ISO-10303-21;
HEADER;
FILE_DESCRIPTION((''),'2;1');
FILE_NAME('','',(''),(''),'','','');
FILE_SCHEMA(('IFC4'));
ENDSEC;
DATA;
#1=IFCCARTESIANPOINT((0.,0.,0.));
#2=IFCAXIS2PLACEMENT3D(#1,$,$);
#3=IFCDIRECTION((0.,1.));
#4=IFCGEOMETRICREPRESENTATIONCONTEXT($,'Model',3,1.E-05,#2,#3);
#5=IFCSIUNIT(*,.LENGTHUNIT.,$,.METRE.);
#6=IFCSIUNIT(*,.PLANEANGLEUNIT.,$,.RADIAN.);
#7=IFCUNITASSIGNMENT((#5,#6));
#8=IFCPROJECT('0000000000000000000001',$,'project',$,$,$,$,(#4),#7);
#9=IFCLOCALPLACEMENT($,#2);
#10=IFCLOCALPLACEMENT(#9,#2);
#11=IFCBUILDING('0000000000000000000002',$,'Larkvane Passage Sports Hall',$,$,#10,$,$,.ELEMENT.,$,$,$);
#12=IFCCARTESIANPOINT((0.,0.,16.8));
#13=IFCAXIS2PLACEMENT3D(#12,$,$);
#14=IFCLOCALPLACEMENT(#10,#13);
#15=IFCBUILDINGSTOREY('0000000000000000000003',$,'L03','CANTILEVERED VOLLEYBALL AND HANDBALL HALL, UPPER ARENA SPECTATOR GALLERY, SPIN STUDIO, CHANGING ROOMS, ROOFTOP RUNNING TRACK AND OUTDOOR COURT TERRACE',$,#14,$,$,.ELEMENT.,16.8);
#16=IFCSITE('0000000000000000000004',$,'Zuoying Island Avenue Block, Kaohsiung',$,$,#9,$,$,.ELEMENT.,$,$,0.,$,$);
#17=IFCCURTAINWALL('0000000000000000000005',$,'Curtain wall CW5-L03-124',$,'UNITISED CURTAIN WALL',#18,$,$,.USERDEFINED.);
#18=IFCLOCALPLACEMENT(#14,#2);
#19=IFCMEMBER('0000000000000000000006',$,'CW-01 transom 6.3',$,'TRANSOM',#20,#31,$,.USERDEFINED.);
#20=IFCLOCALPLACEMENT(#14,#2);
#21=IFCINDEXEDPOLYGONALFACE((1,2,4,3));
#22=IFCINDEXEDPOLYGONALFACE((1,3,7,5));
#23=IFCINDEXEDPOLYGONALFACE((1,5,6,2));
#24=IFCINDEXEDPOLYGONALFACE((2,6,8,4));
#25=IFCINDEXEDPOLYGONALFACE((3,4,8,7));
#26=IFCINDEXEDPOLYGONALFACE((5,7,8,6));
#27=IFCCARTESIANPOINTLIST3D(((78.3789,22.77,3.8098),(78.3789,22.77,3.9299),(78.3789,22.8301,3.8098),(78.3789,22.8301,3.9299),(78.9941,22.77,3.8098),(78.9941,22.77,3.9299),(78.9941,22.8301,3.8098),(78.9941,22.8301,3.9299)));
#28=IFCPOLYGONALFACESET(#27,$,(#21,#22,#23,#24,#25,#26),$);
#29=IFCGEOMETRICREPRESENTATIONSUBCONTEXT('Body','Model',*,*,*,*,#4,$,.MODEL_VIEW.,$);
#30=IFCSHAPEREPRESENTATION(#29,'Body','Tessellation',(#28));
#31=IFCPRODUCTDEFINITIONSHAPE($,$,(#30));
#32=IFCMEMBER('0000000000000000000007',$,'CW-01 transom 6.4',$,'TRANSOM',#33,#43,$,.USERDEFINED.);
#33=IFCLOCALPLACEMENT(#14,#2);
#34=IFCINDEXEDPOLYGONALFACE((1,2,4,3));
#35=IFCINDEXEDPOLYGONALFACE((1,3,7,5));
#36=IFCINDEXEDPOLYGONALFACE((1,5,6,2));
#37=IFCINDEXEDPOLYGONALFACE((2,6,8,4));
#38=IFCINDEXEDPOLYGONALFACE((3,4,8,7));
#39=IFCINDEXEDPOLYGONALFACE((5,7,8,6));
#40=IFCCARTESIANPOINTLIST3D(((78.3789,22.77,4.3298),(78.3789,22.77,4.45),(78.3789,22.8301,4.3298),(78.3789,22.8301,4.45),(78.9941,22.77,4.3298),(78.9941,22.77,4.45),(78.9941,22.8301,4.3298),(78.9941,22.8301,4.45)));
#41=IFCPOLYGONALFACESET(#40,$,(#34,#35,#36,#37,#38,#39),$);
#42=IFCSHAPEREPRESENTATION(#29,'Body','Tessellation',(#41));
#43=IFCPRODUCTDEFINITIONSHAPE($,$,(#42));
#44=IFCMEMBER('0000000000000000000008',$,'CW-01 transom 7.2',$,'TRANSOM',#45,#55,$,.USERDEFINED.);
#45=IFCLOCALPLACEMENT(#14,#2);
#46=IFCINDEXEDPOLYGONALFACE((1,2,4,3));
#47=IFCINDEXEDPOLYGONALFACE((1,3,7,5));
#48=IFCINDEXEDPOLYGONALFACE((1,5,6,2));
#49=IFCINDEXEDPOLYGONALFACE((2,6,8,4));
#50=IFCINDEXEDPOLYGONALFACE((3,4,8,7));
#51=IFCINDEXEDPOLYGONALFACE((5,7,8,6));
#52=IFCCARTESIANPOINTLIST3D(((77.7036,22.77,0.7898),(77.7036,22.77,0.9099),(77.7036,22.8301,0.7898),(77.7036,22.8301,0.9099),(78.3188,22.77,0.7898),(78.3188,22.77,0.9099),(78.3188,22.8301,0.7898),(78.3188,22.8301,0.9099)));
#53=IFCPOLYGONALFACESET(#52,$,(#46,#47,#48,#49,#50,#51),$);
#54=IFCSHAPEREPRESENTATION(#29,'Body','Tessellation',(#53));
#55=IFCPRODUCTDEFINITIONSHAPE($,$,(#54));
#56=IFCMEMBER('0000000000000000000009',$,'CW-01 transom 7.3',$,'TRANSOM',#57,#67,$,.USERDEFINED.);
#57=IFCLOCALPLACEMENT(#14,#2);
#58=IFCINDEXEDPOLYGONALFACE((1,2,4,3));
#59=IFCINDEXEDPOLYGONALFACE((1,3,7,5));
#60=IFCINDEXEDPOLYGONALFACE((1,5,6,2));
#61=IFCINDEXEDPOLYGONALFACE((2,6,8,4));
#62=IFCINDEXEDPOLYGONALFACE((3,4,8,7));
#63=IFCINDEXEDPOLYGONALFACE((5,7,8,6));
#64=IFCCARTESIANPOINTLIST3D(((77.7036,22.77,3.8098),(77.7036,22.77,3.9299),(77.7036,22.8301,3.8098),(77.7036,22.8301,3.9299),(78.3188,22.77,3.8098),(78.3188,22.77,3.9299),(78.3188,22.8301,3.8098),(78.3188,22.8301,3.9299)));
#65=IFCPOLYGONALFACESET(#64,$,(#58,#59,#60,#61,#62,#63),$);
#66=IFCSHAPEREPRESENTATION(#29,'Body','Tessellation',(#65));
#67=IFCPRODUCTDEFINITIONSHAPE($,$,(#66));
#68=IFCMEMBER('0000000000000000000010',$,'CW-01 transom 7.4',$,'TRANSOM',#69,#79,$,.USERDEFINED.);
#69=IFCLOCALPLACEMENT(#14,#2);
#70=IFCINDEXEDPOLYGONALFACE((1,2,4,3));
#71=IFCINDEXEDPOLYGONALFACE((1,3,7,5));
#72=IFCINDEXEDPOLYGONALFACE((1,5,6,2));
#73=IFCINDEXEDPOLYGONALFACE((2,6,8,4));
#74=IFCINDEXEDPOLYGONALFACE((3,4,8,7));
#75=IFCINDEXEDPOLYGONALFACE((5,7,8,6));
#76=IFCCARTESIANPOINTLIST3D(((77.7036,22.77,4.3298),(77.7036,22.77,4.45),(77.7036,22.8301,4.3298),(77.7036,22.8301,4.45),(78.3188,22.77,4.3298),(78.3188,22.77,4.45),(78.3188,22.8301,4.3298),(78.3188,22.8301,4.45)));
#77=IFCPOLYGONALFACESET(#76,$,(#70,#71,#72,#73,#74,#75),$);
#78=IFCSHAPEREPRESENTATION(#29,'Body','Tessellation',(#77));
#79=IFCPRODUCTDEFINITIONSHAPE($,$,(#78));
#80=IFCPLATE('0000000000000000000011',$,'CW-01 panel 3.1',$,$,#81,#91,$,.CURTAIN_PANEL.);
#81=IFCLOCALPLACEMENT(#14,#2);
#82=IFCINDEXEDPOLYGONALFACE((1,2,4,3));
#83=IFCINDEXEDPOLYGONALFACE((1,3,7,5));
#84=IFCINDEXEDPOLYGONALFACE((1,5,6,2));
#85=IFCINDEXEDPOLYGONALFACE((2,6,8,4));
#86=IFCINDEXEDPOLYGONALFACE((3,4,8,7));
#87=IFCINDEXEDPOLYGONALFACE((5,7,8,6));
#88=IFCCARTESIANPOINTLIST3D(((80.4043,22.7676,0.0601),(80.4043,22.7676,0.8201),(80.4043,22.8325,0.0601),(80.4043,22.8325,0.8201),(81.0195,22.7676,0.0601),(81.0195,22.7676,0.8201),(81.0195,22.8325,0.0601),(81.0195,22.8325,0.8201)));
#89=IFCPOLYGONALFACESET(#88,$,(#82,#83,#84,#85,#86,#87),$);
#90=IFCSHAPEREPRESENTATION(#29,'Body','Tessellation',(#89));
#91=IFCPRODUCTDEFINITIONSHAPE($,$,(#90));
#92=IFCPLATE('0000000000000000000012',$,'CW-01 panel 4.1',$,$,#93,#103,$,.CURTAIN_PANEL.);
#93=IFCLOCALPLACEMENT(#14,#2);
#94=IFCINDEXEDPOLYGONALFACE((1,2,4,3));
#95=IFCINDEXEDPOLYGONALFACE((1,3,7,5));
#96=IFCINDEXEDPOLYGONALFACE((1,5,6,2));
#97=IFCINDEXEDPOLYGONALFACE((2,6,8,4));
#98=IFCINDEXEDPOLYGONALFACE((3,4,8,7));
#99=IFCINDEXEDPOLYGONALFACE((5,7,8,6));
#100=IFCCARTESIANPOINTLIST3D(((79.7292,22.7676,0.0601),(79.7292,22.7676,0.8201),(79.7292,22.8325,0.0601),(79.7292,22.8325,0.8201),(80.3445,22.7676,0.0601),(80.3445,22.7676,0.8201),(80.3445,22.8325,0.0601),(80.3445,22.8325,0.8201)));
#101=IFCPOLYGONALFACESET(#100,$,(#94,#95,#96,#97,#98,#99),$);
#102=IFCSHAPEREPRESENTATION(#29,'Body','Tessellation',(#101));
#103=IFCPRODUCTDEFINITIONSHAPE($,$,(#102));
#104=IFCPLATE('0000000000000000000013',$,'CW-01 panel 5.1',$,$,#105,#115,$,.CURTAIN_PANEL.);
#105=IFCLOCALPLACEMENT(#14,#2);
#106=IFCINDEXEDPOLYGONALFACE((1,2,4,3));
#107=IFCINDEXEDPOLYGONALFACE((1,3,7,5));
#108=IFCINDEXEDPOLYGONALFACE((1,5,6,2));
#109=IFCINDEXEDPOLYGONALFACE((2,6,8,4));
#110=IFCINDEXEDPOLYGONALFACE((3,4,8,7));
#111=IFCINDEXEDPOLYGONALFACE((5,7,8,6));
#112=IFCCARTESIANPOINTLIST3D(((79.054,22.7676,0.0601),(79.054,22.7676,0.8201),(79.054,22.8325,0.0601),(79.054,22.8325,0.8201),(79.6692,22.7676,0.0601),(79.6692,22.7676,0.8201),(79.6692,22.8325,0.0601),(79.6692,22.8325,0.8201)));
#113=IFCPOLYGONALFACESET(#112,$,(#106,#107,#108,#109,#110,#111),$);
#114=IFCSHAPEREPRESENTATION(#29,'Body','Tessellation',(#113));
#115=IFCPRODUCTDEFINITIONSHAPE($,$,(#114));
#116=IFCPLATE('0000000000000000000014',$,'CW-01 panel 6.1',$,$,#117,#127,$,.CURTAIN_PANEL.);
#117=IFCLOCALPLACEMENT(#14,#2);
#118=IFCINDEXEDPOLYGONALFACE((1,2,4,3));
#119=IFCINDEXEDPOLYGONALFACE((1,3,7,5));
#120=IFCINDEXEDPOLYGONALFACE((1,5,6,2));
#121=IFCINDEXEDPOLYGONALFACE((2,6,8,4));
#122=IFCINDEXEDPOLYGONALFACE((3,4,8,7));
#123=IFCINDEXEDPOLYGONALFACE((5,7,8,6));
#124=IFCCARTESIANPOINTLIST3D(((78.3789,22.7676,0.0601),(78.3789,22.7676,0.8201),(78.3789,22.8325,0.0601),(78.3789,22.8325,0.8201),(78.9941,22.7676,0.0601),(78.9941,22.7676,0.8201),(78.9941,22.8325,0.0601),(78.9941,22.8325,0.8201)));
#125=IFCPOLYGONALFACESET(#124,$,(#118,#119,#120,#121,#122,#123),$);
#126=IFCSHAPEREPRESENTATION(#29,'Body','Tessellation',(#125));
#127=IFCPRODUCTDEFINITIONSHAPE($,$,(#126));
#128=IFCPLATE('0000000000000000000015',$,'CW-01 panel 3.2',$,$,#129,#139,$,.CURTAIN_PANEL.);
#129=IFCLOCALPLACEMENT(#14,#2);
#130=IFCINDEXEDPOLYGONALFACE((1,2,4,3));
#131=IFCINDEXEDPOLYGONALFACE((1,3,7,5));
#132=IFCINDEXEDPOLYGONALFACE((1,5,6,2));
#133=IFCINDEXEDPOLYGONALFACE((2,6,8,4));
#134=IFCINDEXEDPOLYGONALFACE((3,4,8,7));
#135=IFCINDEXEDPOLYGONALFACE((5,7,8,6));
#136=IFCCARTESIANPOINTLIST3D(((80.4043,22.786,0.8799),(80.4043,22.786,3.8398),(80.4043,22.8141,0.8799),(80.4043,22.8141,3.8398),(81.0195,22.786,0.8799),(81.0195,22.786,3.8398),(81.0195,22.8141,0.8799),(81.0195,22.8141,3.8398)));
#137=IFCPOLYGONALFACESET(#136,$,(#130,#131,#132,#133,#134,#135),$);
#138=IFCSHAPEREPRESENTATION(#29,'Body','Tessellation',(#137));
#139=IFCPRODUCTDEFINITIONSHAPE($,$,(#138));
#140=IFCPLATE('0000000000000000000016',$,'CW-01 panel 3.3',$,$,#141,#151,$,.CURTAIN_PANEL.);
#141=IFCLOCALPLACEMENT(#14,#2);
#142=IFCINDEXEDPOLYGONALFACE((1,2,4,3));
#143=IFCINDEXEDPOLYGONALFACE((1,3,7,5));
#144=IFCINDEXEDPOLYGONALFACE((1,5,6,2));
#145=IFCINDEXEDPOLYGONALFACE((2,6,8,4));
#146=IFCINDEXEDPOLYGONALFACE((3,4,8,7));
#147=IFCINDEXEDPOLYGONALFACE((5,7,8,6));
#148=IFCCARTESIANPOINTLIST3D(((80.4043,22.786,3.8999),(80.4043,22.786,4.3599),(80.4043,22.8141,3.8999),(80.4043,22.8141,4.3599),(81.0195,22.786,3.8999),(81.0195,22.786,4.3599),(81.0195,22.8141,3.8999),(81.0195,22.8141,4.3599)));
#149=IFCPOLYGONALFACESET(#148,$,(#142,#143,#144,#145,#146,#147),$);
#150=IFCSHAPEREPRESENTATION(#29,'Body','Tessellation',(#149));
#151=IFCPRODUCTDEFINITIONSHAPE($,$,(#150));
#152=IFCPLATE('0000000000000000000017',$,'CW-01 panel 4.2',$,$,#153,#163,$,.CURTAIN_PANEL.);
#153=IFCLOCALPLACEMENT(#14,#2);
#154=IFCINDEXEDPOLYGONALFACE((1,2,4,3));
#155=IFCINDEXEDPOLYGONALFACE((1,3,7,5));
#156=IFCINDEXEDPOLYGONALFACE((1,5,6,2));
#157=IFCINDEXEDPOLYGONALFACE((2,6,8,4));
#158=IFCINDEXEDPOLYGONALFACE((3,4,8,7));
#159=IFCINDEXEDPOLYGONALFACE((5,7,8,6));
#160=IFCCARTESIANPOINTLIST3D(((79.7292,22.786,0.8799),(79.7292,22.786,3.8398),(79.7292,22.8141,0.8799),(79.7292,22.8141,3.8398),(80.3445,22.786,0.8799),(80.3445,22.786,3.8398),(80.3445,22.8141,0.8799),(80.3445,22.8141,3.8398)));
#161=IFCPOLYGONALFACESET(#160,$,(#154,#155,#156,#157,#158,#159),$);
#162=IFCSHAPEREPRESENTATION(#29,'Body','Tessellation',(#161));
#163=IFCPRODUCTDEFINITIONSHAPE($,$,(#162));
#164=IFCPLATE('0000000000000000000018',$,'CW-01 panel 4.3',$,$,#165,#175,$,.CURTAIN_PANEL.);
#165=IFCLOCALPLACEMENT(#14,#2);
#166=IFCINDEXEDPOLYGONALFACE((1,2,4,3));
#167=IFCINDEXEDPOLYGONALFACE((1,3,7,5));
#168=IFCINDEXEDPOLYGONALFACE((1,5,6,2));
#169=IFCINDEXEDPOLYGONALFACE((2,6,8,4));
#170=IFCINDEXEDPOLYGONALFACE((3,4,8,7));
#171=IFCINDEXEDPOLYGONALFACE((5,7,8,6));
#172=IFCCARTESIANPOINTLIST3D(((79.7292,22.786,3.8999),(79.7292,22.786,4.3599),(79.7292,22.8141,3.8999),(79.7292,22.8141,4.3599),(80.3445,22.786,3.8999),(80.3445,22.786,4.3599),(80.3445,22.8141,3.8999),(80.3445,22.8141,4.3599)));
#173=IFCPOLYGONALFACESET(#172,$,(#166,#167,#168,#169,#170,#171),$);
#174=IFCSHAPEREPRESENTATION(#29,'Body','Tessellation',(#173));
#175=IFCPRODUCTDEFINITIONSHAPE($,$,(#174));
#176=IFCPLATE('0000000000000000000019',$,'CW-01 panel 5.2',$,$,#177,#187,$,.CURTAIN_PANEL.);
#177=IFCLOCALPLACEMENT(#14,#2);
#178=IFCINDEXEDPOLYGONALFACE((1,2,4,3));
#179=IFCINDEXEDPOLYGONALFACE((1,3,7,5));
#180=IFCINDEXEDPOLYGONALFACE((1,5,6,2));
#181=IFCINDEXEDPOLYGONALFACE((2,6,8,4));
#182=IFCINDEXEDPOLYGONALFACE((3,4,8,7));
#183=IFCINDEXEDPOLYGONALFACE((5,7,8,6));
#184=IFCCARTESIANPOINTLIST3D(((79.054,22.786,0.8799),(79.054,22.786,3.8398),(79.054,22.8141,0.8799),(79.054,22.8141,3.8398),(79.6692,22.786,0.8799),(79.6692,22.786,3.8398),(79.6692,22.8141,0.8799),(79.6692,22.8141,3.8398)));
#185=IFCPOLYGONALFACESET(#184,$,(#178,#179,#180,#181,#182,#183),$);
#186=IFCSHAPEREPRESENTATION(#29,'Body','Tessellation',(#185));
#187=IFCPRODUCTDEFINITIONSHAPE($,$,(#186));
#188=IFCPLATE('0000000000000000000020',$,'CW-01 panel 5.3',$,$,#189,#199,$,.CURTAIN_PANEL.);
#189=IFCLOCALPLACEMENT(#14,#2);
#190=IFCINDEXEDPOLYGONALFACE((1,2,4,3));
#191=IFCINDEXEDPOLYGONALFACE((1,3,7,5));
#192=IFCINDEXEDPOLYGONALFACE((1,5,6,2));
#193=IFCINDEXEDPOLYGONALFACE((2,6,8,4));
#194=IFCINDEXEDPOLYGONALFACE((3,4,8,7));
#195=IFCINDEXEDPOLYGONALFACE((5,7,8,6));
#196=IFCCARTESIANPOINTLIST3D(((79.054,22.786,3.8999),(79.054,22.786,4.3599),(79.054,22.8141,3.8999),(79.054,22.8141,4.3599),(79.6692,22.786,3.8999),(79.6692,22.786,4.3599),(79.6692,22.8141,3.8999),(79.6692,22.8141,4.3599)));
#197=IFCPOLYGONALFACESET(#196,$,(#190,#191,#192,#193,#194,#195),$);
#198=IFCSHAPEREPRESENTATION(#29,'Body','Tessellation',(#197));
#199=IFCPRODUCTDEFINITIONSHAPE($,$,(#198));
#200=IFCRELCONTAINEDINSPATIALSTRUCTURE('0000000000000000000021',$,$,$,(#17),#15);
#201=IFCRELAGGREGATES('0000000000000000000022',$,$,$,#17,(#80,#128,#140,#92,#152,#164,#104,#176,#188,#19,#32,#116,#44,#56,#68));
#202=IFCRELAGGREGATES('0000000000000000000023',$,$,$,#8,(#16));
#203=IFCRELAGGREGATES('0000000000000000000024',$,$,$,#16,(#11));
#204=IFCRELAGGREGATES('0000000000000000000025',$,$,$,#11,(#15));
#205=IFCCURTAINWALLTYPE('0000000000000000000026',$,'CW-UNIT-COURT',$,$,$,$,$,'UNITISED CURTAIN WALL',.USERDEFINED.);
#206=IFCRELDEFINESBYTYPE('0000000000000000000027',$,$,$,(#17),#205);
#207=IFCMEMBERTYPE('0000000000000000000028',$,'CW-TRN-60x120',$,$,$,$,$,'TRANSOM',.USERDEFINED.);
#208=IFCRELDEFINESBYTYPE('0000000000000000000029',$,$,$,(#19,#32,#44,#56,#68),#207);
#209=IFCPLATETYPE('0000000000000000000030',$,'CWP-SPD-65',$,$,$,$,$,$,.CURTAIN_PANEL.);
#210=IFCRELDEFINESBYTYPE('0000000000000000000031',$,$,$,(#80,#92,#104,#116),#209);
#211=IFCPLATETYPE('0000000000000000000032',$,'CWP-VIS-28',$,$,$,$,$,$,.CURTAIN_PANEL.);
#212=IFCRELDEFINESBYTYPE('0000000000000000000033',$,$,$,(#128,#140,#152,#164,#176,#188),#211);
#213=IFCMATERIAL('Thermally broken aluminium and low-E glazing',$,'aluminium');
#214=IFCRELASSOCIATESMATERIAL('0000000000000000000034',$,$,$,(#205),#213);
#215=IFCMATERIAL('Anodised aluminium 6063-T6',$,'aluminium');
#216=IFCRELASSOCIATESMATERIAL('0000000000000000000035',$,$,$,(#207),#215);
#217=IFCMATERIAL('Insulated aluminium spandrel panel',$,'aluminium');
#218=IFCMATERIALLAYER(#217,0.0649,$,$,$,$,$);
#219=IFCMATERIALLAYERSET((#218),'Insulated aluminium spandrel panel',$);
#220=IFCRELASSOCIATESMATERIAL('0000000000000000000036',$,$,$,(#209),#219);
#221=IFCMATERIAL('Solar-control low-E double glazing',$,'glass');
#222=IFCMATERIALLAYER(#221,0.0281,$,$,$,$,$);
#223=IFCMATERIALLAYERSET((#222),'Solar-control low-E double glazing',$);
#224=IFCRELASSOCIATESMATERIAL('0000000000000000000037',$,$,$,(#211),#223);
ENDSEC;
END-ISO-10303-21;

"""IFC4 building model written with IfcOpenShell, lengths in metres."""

from ifc_helpers import new_model, si_unit, direction, frame, origin, origin_2d, place, context, subcontext, project, spatial, rectangle, extrude, material, layer, layer_set, material_profile, profile_set, type_object, element, aggregate, save


model = new_model("IFC4")

# Units and contexts
model_context = context("Model", 3, precision=1e-05, world=origin(), true_north=direction((0.0, 1.0)))
body_context = subcontext(model_context, "Body", "Model", "MODEL_VIEW")
ifc_project = project(units=[si_unit("LENGTHUNIT", "METRE"), si_unit("PLANEANGLEUNIT", "RADIAN")], contexts=[model_context])

# Site, building, storey
site_placement = place(None, origin())
site = spatial("IfcSite", under=ifc_project, at=site_placement, Name="Zuoying Island Avenue Block, Kaohsiung", CompositionType="ELEMENT", RefElevation=0.0)
building_placement = place(site_placement, origin())
building = spatial("IfcBuilding", under=site, at=building_placement, Name="Larkvane Passage Sports Hall", CompositionType="ELEMENT")
storey_placement = place(building_placement, frame((0.0, 0.0, 16.8)))
storey = spatial("IfcBuildingStorey", under=building, at=storey_placement, Name="L03", Description="CANTILEVERED VOLLEYBALL AND HANDBALL HALL, UPPER ARENA SPECTATOR GALLERY, SPIN STUDIO, CHANGING ROOMS, ROOFTOP RUNNING TRACK AND OUTDOOR COURT TERRACE", CompositionType="ELEMENT", Elevation=16.8)

# Curtain wall, members, plates
ifc_material_1 = material(Name="Thermally broken aluminium and low-E glazing", Category="aluminium")
curtain_wall_type = type_object("IfcCurtainWallType", Name="CW-UNIT-COURT", ElementType="UNITISED CURTAIN WALL", PredefinedType="USERDEFINED", material=ifc_material_1)
curtain_wall_placement = place(storey_placement, origin())
curtain_wall = element("IfcCurtainWall", 1, at=curtain_wall_placement, inside=storey, type_object=curtain_wall_type, Name="Curtain wall CW5-L03-124", ObjectType="UNITISED CURTAIN WALL", PredefinedType="USERDEFINED")
ifc_material_2 = material(Name="Anodised aluminium 6063-T6", Category="aluminium")
ifc_material_profile_1 = material_profile(ifc_material_2, rectangle(XDim=0.0601, YDim=0.1201, at=origin_2d()), Name="ALU-TRN-60x120")
ifc_profile_set_1 = profile_set([ifc_material_profile_1], Name="Anodised aluminium 6063-T6")
member_type_1 = type_object("IfcMemberType", Name="CW-TRN-60x120", ElementType="TRANSOM", PredefinedType="USERDEFINED", material=ifc_profile_set_1)
member_1_placement = place(storey_placement, frame((78.9941, 22.8, 3.8699), z_axis=(-1.0, 0.0, 0.0), x_axis=(0.0, -1.0, 0.0)))
member_1 = element("IfcMember", 2, at=member_1_placement, type_object=member_type_1, Name="CW-01 transom 6.3", ObjectType="TRANSOM", PredefinedType="USERDEFINED", context=body_context, shape_type="SweptSolid", body=[
    extrude(rectangle(XDim=0.0601, YDim=0.1201, at=origin_2d()), origin(), (0.0, 0.0, 1.0), 0.6152),
])
member_2_placement = place(storey_placement, frame((78.9941, 22.8, 4.3899), z_axis=(-1.0, 0.0, 0.0), x_axis=(0.0, -1.0, 0.0)))
member_2 = element("IfcMember", 3, at=member_2_placement, type_object=member_type_1, Name="CW-01 transom 6.4", ObjectType="TRANSOM", PredefinedType="USERDEFINED", context=body_context, shape_type="SweptSolid", body=[
    extrude(rectangle(XDim=0.0601, YDim=0.1201, at=origin_2d()), origin(), (0.0, 0.0, 1.0), 0.6152),
])
member_3_placement = place(storey_placement, frame((78.3188, 22.8, 0.8499), z_axis=(-1.0, 0.0, 0.0), x_axis=(0.0, -1.0, 0.0)))
member_3 = element("IfcMember", 4, at=member_3_placement, type_object=member_type_1, Name="CW-01 transom 7.2", ObjectType="TRANSOM", PredefinedType="USERDEFINED", context=body_context, shape_type="SweptSolid", body=[
    extrude(rectangle(XDim=0.0601, YDim=0.1201, at=origin_2d()), origin(), (0.0, 0.0, 1.0), 0.6152),
])
member_4_placement = place(storey_placement, frame((78.3188, 22.8, 3.8699), z_axis=(-1.0, 0.0, 0.0), x_axis=(0.0, -1.0, 0.0)))
member_4 = element("IfcMember", 5, at=member_4_placement, type_object=member_type_1, Name="CW-01 transom 7.3", ObjectType="TRANSOM", PredefinedType="USERDEFINED", context=body_context, shape_type="SweptSolid", body=[
    extrude(rectangle(XDim=0.0601, YDim=0.1201, at=origin_2d()), origin(), (0.0, 0.0, 1.0), 0.6152),
])
member_5_placement = place(storey_placement, frame((78.3188, 22.8, 4.3899), z_axis=(-1.0, 0.0, 0.0), x_axis=(0.0, -1.0, 0.0)))
member_5 = element("IfcMember", 6, at=member_5_placement, type_object=member_type_1, Name="CW-01 transom 7.4", ObjectType="TRANSOM", PredefinedType="USERDEFINED", context=body_context, shape_type="SweptSolid", body=[
    extrude(rectangle(XDim=0.0601, YDim=0.1201, at=origin_2d()), origin(), (0.0, 0.0, 1.0), 0.6152),
])
ifc_material_3 = material(Name="Insulated aluminium spandrel panel", Category="aluminium")
ifc_layer_1 = layer(ifc_material_3, 0.0649)
ifc_layer_set_1 = layer_set([ifc_layer_1], Name="Insulated aluminium spandrel panel")
plate_type_1 = type_object("IfcPlateType", Name="CWP-SPD-65", PredefinedType="CURTAIN_PANEL", material=ifc_layer_set_1)
plate_1_placement = place(storey_placement, frame((80.7119, 22.8, 0.0601), z_axis=(0.0, 0.0, 1.0), x_axis=(-1.0, 0.0, 0.0)))
plate_1 = element("IfcPlate", 7, at=plate_1_placement, type_object=plate_type_1, Name="CW-01 panel 3.1", PredefinedType="CURTAIN_PANEL", context=body_context, shape_type="SweptSolid", body=[
    extrude(rectangle(XDim=0.6152, YDim=0.0649, at=origin_2d()), origin(), (0.0, 0.0, 1.0), 0.76),
])
plate_2_placement = place(storey_placement, frame((80.0369, 22.8, 0.0601), z_axis=(0.0, 0.0, 1.0), x_axis=(-1.0, 0.0, 0.0)))
plate_2 = element("IfcPlate", 8, at=plate_2_placement, type_object=plate_type_1, Name="CW-01 panel 4.1", PredefinedType="CURTAIN_PANEL", context=body_context, shape_type="SweptSolid", body=[
    extrude(rectangle(XDim=0.6152, YDim=0.0649, at=origin_2d()), origin(), (0.0, 0.0, 1.0), 0.76),
])
plate_3_placement = place(storey_placement, frame((79.3616, 22.8, 0.0601), z_axis=(0.0, 0.0, 1.0), x_axis=(-1.0, 0.0, 0.0)))
plate_3 = element("IfcPlate", 9, at=plate_3_placement, type_object=plate_type_1, Name="CW-01 panel 5.1", PredefinedType="CURTAIN_PANEL", context=body_context, shape_type="SweptSolid", body=[
    extrude(rectangle(XDim=0.6152, YDim=0.0649, at=origin_2d()), origin(), (0.0, 0.0, 1.0), 0.76),
])
plate_4_placement = place(storey_placement, frame((78.6865, 22.8, 0.0601), z_axis=(0.0, 0.0, 1.0), x_axis=(-1.0, 0.0, 0.0)))
plate_4 = element("IfcPlate", 10, at=plate_4_placement, type_object=plate_type_1, Name="CW-01 panel 6.1", PredefinedType="CURTAIN_PANEL", context=body_context, shape_type="SweptSolid", body=[
    extrude(rectangle(XDim=0.6152, YDim=0.0649, at=origin_2d()), origin(), (0.0, 0.0, 1.0), 0.76),
])
ifc_material_4 = material(Name="Solar-control low-E double glazing", Category="glass")
ifc_layer_2 = layer(ifc_material_4, 0.0281)
ifc_layer_set_2 = layer_set([ifc_layer_2], Name="Solar-control low-E double glazing")
plate_type_2 = type_object("IfcPlateType", Name="CWP-VIS-28", PredefinedType="CURTAIN_PANEL", material=ifc_layer_set_2)
plate_5_placement = place(storey_placement, frame((80.7119, 22.8, 0.8799), z_axis=(0.0, 0.0, 1.0), x_axis=(-1.0, 0.0, 0.0)))
plate_5 = element("IfcPlate", 11, at=plate_5_placement, type_object=plate_type_2, Name="CW-01 panel 3.2", PredefinedType="CURTAIN_PANEL", context=body_context, shape_type="SweptSolid", body=[
    extrude(rectangle(XDim=0.6152, YDim=0.0281, at=origin_2d()), origin(), (0.0, 0.0, 1.0), 2.96),
])
plate_6_placement = place(storey_placement, frame((80.7119, 22.8, 3.8999), z_axis=(0.0, 0.0, 1.0), x_axis=(-1.0, 0.0, 0.0)))
plate_6 = element("IfcPlate", 12, at=plate_6_placement, type_object=plate_type_2, Name="CW-01 panel 3.3", PredefinedType="CURTAIN_PANEL", context=body_context, shape_type="SweptSolid", body=[
    extrude(rectangle(XDim=0.6152, YDim=0.0281, at=origin_2d()), origin(), (0.0, 0.0, 1.0), 0.46),
])
plate_7_placement = place(storey_placement, frame((80.0369, 22.8, 0.8799), z_axis=(0.0, 0.0, 1.0), x_axis=(-1.0, 0.0, 0.0)))
plate_7 = element("IfcPlate", 13, at=plate_7_placement, type_object=plate_type_2, Name="CW-01 panel 4.2", PredefinedType="CURTAIN_PANEL", context=body_context, shape_type="SweptSolid", body=[
    extrude(rectangle(XDim=0.6152, YDim=0.0281, at=origin_2d()), origin(), (0.0, 0.0, 1.0), 2.96),
])
plate_8_placement = place(storey_placement, frame((80.0369, 22.8, 3.8999), z_axis=(0.0, 0.0, 1.0), x_axis=(-1.0, 0.0, 0.0)))
plate_8 = element("IfcPlate", 14, at=plate_8_placement, type_object=plate_type_2, Name="CW-01 panel 4.3", PredefinedType="CURTAIN_PANEL", context=body_context, shape_type="SweptSolid", body=[
    extrude(rectangle(XDim=0.6152, YDim=0.0281, at=origin_2d()), origin(), (0.0, 0.0, 1.0), 0.46),
])
plate_9_placement = place(storey_placement, frame((79.3616, 22.8, 0.8799), z_axis=(0.0, 0.0, 1.0), x_axis=(-1.0, 0.0, 0.0)))
plate_9 = element("IfcPlate", 15, at=plate_9_placement, type_object=plate_type_2, Name="CW-01 panel 5.2", PredefinedType="CURTAIN_PANEL", context=body_context, shape_type="SweptSolid", body=[
    extrude(rectangle(XDim=0.6152, YDim=0.0281, at=origin_2d()), origin(), (0.0, 0.0, 1.0), 2.96),
])
plate_10_placement = place(storey_placement, frame((79.3616, 22.8, 3.8999), z_axis=(0.0, 0.0, 1.0), x_axis=(-1.0, 0.0, 0.0)))
plate_10 = element("IfcPlate", 16, at=plate_10_placement, type_object=plate_type_2, Name="CW-01 panel 5.3", PredefinedType="CURTAIN_PANEL", context=body_context, shape_type="SweptSolid", body=[
    extrude(rectangle(XDim=0.6152, YDim=0.0281, at=origin_2d()), origin(), (0.0, 0.0, 1.0), 0.46),
])
aggregate(curtain_wall, [plate_1, plate_5, plate_6, plate_2, plate_7, plate_8, plate_3, plate_9, plate_10, member_1, member_2, plate_4, member_3, member_4, member_5])

save(model, "model.ifc")
